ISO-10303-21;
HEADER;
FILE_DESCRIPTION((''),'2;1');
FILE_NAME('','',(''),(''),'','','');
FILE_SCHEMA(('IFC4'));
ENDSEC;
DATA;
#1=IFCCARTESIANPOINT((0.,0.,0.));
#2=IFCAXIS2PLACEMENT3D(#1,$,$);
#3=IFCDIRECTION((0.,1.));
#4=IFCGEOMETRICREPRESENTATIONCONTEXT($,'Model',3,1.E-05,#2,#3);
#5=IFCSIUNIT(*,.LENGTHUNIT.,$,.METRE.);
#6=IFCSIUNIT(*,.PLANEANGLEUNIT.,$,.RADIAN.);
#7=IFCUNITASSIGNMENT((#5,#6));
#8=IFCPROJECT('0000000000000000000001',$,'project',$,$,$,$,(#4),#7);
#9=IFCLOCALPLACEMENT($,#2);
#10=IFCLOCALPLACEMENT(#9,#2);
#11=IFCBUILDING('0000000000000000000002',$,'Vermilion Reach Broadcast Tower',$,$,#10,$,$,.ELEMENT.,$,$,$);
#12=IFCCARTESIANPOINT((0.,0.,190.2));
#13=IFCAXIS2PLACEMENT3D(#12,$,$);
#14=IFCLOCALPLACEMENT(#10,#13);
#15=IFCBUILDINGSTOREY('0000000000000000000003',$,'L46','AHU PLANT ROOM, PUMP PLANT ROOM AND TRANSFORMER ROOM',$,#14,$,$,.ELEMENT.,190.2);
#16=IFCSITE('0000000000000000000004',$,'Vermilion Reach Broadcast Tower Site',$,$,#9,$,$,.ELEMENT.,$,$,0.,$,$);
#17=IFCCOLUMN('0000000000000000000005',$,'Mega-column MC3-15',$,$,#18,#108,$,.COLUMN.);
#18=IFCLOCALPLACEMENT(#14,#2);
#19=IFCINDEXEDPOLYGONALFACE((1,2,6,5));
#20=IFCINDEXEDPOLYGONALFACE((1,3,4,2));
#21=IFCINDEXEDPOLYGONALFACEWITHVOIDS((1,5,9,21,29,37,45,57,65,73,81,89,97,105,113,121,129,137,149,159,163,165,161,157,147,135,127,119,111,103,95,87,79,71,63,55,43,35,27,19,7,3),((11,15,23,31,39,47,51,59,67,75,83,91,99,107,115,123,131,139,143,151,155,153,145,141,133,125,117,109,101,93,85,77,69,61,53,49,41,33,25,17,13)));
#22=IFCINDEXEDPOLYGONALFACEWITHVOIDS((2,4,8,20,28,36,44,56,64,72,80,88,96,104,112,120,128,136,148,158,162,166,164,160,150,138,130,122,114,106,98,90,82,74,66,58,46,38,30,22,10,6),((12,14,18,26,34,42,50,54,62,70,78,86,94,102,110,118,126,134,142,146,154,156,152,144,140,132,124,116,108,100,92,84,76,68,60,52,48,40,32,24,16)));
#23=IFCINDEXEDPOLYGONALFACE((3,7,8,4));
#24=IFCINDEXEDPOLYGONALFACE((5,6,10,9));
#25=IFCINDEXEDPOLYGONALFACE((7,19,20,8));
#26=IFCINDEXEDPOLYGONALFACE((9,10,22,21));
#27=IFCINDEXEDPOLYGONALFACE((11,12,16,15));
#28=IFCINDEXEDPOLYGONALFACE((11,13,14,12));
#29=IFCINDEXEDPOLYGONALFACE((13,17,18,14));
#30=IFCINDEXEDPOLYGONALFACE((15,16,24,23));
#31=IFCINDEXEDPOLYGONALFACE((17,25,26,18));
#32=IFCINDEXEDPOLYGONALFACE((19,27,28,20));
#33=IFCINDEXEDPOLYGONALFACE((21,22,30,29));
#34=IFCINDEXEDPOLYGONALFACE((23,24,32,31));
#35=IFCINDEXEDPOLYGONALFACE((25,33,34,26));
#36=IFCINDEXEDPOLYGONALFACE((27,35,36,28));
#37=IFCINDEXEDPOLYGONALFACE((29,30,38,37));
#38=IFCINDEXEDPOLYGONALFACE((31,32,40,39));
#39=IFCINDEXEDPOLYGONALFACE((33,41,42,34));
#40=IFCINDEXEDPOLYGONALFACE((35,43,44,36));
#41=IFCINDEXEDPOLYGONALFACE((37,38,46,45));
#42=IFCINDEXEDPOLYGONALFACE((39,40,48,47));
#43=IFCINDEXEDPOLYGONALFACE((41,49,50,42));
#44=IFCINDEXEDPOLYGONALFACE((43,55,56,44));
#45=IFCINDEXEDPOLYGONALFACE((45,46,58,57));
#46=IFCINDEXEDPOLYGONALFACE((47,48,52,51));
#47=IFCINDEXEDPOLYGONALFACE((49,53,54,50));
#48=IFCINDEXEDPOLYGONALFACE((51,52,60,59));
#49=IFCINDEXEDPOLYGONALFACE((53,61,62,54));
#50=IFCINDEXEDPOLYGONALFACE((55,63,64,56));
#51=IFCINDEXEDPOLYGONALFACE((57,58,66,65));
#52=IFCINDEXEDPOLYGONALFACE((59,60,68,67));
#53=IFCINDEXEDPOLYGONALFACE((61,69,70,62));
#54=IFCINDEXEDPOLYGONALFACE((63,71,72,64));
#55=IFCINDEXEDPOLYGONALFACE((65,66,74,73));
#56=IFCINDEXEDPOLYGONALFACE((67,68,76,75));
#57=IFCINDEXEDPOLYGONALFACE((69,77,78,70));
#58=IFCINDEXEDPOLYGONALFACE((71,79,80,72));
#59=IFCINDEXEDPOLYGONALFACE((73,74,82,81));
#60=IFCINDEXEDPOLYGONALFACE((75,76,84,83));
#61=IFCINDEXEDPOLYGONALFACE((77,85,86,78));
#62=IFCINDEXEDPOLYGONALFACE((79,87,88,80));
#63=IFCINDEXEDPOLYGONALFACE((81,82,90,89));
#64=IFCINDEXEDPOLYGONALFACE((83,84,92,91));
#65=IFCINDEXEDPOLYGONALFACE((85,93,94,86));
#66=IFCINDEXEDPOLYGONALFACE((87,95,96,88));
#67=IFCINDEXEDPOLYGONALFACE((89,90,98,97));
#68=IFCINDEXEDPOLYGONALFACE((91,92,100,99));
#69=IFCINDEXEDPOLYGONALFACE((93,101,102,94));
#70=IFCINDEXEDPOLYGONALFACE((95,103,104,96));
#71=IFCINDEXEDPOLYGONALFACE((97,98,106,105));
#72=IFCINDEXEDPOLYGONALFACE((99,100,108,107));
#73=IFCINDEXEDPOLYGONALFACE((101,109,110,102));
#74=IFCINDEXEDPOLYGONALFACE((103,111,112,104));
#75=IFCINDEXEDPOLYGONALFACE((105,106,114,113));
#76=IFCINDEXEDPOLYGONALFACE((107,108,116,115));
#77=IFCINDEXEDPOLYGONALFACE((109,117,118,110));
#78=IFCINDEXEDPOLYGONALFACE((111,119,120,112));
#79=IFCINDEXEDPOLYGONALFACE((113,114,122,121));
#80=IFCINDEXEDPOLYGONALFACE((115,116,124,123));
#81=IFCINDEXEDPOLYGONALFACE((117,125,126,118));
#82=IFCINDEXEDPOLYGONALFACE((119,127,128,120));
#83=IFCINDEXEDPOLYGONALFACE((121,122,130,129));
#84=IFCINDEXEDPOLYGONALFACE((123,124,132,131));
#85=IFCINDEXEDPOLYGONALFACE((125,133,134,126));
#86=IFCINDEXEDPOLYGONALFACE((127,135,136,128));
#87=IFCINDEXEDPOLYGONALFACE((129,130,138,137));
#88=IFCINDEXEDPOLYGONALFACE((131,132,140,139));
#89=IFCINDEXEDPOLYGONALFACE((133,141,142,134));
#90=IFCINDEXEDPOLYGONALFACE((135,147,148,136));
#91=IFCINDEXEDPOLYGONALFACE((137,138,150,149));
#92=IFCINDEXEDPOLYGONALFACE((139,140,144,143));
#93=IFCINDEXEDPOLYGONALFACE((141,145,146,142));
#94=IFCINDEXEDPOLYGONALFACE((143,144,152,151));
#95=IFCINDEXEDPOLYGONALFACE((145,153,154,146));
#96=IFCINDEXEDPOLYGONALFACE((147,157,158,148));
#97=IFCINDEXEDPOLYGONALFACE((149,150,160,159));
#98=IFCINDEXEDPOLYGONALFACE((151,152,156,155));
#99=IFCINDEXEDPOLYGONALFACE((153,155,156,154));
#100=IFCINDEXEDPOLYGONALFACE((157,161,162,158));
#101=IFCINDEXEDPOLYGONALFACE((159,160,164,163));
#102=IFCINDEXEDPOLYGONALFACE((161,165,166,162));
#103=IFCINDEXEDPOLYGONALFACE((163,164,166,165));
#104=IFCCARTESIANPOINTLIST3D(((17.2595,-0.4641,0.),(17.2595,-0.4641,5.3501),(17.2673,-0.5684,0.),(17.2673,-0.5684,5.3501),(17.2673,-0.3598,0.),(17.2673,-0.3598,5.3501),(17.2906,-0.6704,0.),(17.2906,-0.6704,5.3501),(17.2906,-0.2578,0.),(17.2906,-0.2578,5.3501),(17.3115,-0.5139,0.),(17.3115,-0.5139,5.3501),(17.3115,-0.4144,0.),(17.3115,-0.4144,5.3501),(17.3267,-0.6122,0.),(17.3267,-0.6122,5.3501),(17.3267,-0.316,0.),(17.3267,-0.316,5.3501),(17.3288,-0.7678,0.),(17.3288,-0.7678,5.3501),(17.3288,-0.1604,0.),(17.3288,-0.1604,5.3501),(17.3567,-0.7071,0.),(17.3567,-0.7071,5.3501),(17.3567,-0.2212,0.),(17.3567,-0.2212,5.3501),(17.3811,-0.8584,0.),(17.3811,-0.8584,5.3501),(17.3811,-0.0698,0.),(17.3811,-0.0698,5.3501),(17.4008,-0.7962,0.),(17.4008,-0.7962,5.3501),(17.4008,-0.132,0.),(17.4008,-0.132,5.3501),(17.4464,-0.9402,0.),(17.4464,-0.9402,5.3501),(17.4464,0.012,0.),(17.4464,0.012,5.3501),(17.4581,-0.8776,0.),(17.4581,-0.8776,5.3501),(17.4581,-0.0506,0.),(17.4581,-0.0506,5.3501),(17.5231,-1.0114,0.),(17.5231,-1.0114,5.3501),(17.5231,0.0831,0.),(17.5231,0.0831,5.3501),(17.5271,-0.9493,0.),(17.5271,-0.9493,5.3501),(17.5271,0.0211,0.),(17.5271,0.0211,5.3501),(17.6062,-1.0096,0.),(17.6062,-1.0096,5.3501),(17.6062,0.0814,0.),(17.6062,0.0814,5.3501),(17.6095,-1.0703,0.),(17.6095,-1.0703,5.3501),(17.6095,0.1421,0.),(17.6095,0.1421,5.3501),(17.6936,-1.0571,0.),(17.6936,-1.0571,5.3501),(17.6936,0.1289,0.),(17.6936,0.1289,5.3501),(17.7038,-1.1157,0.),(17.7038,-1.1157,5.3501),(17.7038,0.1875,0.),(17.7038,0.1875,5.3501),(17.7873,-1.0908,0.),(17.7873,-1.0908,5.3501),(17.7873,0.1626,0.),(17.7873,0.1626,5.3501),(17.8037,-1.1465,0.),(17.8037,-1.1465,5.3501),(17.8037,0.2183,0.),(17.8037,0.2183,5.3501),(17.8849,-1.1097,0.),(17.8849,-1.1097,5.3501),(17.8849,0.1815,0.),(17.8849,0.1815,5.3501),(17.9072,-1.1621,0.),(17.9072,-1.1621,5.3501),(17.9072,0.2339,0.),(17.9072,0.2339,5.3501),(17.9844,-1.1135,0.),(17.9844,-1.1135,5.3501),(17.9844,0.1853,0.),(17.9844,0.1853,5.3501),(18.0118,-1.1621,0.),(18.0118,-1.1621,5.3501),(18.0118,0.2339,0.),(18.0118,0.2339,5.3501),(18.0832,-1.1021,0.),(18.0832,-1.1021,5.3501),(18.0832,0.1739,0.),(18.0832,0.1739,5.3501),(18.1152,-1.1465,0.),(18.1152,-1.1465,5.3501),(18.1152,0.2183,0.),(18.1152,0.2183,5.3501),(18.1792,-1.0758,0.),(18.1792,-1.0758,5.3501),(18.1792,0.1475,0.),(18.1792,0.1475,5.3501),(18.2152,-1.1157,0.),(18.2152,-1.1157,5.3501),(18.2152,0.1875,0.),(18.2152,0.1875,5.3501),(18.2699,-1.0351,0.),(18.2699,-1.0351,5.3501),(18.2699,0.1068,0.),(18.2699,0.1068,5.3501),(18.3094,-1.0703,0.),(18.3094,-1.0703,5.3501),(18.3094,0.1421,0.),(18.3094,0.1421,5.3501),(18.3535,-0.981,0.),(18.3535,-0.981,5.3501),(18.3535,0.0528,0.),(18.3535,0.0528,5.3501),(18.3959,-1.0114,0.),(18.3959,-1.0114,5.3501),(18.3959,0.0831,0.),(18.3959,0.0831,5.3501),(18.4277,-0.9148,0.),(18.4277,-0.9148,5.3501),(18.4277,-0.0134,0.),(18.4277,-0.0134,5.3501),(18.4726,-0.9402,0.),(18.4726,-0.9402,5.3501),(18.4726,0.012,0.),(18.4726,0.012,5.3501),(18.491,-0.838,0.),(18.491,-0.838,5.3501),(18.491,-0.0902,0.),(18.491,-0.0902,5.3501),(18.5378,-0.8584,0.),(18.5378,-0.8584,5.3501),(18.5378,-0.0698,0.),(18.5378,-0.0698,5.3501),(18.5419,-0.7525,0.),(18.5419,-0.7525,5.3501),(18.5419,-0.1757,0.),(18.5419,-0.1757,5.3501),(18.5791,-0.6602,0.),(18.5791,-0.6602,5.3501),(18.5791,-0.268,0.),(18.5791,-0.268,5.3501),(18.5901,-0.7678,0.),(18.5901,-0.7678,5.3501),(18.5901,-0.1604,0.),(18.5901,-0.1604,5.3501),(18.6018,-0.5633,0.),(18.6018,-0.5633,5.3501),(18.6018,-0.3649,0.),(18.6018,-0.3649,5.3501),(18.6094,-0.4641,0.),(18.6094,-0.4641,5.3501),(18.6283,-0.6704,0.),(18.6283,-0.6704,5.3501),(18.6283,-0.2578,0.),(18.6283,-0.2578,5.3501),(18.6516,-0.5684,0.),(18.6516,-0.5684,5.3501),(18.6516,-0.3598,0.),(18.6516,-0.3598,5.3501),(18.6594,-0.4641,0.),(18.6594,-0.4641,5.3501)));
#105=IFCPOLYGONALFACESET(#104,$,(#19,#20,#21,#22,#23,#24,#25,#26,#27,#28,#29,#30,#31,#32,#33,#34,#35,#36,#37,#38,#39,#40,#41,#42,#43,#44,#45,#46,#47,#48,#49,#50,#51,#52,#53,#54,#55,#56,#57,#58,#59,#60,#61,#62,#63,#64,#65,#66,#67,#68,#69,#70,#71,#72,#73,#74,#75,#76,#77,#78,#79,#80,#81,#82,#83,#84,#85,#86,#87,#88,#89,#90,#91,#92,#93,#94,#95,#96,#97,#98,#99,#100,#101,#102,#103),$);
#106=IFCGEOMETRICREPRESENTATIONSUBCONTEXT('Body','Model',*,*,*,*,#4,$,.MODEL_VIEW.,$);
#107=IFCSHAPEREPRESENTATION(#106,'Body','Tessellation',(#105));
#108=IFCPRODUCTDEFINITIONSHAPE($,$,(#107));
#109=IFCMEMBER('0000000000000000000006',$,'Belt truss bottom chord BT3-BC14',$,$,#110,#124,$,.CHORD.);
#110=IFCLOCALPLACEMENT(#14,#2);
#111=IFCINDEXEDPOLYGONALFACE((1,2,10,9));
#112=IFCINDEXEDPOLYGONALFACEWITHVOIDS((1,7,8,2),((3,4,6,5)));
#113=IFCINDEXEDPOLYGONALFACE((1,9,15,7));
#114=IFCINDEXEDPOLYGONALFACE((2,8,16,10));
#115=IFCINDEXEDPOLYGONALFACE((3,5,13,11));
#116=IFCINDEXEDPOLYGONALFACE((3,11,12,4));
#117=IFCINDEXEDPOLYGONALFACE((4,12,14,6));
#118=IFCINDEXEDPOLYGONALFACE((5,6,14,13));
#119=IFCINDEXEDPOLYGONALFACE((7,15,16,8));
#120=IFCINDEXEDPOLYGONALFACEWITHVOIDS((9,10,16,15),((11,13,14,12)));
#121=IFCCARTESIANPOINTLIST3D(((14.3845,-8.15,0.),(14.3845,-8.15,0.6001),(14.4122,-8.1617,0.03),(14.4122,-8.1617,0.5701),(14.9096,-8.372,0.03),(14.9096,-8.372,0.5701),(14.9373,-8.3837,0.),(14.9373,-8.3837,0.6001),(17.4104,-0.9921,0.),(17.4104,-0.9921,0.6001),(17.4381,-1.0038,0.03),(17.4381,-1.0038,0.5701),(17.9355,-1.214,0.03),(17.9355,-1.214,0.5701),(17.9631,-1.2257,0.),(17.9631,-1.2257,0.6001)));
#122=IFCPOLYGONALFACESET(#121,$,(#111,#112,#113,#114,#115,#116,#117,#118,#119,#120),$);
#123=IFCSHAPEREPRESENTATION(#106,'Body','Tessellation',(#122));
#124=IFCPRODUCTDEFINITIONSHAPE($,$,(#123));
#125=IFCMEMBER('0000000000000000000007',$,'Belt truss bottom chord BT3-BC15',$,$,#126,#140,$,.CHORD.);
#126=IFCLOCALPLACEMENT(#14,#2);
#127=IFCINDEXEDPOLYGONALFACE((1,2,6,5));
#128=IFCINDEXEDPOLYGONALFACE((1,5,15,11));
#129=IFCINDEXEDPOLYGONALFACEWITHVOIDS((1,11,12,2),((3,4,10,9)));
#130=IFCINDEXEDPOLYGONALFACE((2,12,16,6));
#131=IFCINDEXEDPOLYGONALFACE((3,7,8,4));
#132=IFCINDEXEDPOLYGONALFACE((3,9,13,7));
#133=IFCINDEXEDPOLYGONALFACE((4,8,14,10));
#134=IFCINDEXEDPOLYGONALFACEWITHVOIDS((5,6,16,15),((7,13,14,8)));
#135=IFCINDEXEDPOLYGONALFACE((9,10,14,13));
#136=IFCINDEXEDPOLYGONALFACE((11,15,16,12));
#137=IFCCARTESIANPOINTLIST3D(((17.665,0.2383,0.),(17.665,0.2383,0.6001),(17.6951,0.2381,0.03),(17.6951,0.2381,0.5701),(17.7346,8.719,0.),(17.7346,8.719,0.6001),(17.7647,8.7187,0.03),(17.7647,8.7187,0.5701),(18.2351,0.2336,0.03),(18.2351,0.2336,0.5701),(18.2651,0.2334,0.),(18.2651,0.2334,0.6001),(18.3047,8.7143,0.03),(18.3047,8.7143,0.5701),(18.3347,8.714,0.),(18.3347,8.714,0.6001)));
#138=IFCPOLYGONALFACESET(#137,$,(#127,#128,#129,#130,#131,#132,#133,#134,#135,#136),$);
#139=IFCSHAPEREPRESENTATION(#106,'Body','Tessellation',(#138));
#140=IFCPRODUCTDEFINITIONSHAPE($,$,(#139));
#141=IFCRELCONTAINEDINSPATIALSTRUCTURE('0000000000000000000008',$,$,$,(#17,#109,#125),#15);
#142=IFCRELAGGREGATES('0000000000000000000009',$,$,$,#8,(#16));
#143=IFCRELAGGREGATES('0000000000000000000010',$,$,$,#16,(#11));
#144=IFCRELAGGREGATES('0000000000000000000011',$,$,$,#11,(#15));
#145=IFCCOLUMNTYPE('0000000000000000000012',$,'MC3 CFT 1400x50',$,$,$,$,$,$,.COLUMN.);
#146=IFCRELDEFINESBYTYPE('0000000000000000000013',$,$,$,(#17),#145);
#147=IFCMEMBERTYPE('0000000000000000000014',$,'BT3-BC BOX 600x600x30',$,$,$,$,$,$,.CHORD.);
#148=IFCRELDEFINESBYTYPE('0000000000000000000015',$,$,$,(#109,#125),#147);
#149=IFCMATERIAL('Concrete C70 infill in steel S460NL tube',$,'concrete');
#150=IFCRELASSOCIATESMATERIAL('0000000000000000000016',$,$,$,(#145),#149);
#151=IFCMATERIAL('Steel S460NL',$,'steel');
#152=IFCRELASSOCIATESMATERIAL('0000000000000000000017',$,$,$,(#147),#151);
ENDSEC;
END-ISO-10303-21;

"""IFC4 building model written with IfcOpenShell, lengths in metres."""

from ifc_helpers import new_model, si_unit, direction, frame, origin, origin_2d, place, context, subcontext, project, spatial, hollow_rectangle, hollow_circle, extrude, material, material_profile, profile_set, type_object, element, save


model = new_model("IFC4")

# Units and contexts
model_context = context("Model", 3, precision=1e-05, world=origin(), true_north=direction((0.0, 1.0)))
body_context = subcontext(model_context, "Body", "Model", "MODEL_VIEW")
ifc_project = project(units=[si_unit("LENGTHUNIT", "METRE"), si_unit("PLANEANGLEUNIT", "RADIAN")], contexts=[model_context])

# Site, building, storey
site_placement = place(None, origin())
site = spatial("IfcSite", under=ifc_project, at=site_placement, Name="Vermilion Reach Broadcast Tower Site", CompositionType="ELEMENT", RefElevation=0.0)
building_placement = place(site_placement, origin())
building = spatial("IfcBuilding", under=site, at=building_placement, Name="Vermilion Reach Broadcast Tower", CompositionType="ELEMENT")
storey_placement = place(building_placement, frame((0.0, 0.0, 190.2)))
storey = spatial("IfcBuildingStorey", under=building, at=storey_placement, Name="L46", Description="AHU PLANT ROOM, PUMP PLANT ROOM AND TRANSFORMER ROOM", CompositionType="ELEMENT", Elevation=190.2)

# Column
ifc_material_1 = material(Name="Concrete C70 infill in steel S460NL tube", Category="concrete")
ifc_material_profile_1 = material_profile(ifc_material_1, hollow_circle(Radius=0.7, WallThickness=0.05, at=origin_2d()), Name="Concrete C70 infill in steel S460NL tube CFT 1400x50")
ifc_profile_set_1 = profile_set([ifc_material_profile_1], Name="Concrete C70 infill in steel S460NL tube")
column_type = type_object("IfcColumnType", Name="MC3 CFT 1400x50", PredefinedType="COLUMN", material=ifc_profile_set_1)
column_placement = place(storey_placement, frame((17.9595, -0.4641, 0.0), z_axis=(0.0, 0.0, 1.0), x_axis=(1.0, 0.0, 0.0)))
element("IfcColumn", 1, at=column_placement, inside=storey, type_object=column_type, Name="Mega-column MC3-15", PredefinedType="COLUMN", context=body_context, shape_type="SweptSolid", body=[
    extrude(hollow_circle(Radius=0.7, WallThickness=0.05, at=origin_2d()), origin(), (0.0, 0.0, 1.0), 5.3501),
])

# Members
ifc_material_2 = material(Name="Steel S460NL", Category="steel")
ifc_material_profile_2 = material_profile(ifc_material_2, hollow_rectangle(XDim=0.6001, YDim=0.6001, WallThickness=0.03, at=origin_2d()), Name="S460NL BOX 600x600x30")
ifc_profile_set_2 = profile_set([ifc_material_profile_2], Name="Steel S460NL")
member_type_1 = type_object("IfcMemberType", Name="BT3-BC BOX 600x600x30", PredefinedType="CHORD", material=ifc_profile_set_2)
member_1_placement = place(storey_placement, frame((14.6609, -8.2668, 0.3), z_axis=(0.389368, 0.921082, 0.0), x_axis=(-0.921082, 0.389368, 0.0)))
element("IfcMember", 2, at=member_1_placement, inside=storey, type_object=member_type_1, Name="Belt truss bottom chord BT3-BC14", PredefinedType="CHORD", context=body_context, shape_type="SweptSolid", body=[
    extrude(hollow_rectangle(XDim=0.6001, YDim=0.6001, WallThickness=0.03, at=origin_2d()), origin(), (0.0, 0.0, 1.0), 7.7712),
])
member_2_placement = place(storey_placement, frame((17.9651, 0.2358, 0.3), z_axis=(0.008204, 0.999966, 0.0), x_axis=(-0.999966, 0.008204, 0.0)))
element("IfcMember", 3, at=member_2_placement, inside=storey, type_object=member_type_1, Name="Belt truss bottom chord BT3-BC15", PredefinedType="CHORD", context=body_context, shape_type="SweptSolid", body=[
    extrude(hollow_rectangle(XDim=0.6001, YDim=0.6001, WallThickness=0.03, at=origin_2d()), origin(), (0.0, 0.0, 1.0), 8.481),
])

save(model, "model.ifc")
